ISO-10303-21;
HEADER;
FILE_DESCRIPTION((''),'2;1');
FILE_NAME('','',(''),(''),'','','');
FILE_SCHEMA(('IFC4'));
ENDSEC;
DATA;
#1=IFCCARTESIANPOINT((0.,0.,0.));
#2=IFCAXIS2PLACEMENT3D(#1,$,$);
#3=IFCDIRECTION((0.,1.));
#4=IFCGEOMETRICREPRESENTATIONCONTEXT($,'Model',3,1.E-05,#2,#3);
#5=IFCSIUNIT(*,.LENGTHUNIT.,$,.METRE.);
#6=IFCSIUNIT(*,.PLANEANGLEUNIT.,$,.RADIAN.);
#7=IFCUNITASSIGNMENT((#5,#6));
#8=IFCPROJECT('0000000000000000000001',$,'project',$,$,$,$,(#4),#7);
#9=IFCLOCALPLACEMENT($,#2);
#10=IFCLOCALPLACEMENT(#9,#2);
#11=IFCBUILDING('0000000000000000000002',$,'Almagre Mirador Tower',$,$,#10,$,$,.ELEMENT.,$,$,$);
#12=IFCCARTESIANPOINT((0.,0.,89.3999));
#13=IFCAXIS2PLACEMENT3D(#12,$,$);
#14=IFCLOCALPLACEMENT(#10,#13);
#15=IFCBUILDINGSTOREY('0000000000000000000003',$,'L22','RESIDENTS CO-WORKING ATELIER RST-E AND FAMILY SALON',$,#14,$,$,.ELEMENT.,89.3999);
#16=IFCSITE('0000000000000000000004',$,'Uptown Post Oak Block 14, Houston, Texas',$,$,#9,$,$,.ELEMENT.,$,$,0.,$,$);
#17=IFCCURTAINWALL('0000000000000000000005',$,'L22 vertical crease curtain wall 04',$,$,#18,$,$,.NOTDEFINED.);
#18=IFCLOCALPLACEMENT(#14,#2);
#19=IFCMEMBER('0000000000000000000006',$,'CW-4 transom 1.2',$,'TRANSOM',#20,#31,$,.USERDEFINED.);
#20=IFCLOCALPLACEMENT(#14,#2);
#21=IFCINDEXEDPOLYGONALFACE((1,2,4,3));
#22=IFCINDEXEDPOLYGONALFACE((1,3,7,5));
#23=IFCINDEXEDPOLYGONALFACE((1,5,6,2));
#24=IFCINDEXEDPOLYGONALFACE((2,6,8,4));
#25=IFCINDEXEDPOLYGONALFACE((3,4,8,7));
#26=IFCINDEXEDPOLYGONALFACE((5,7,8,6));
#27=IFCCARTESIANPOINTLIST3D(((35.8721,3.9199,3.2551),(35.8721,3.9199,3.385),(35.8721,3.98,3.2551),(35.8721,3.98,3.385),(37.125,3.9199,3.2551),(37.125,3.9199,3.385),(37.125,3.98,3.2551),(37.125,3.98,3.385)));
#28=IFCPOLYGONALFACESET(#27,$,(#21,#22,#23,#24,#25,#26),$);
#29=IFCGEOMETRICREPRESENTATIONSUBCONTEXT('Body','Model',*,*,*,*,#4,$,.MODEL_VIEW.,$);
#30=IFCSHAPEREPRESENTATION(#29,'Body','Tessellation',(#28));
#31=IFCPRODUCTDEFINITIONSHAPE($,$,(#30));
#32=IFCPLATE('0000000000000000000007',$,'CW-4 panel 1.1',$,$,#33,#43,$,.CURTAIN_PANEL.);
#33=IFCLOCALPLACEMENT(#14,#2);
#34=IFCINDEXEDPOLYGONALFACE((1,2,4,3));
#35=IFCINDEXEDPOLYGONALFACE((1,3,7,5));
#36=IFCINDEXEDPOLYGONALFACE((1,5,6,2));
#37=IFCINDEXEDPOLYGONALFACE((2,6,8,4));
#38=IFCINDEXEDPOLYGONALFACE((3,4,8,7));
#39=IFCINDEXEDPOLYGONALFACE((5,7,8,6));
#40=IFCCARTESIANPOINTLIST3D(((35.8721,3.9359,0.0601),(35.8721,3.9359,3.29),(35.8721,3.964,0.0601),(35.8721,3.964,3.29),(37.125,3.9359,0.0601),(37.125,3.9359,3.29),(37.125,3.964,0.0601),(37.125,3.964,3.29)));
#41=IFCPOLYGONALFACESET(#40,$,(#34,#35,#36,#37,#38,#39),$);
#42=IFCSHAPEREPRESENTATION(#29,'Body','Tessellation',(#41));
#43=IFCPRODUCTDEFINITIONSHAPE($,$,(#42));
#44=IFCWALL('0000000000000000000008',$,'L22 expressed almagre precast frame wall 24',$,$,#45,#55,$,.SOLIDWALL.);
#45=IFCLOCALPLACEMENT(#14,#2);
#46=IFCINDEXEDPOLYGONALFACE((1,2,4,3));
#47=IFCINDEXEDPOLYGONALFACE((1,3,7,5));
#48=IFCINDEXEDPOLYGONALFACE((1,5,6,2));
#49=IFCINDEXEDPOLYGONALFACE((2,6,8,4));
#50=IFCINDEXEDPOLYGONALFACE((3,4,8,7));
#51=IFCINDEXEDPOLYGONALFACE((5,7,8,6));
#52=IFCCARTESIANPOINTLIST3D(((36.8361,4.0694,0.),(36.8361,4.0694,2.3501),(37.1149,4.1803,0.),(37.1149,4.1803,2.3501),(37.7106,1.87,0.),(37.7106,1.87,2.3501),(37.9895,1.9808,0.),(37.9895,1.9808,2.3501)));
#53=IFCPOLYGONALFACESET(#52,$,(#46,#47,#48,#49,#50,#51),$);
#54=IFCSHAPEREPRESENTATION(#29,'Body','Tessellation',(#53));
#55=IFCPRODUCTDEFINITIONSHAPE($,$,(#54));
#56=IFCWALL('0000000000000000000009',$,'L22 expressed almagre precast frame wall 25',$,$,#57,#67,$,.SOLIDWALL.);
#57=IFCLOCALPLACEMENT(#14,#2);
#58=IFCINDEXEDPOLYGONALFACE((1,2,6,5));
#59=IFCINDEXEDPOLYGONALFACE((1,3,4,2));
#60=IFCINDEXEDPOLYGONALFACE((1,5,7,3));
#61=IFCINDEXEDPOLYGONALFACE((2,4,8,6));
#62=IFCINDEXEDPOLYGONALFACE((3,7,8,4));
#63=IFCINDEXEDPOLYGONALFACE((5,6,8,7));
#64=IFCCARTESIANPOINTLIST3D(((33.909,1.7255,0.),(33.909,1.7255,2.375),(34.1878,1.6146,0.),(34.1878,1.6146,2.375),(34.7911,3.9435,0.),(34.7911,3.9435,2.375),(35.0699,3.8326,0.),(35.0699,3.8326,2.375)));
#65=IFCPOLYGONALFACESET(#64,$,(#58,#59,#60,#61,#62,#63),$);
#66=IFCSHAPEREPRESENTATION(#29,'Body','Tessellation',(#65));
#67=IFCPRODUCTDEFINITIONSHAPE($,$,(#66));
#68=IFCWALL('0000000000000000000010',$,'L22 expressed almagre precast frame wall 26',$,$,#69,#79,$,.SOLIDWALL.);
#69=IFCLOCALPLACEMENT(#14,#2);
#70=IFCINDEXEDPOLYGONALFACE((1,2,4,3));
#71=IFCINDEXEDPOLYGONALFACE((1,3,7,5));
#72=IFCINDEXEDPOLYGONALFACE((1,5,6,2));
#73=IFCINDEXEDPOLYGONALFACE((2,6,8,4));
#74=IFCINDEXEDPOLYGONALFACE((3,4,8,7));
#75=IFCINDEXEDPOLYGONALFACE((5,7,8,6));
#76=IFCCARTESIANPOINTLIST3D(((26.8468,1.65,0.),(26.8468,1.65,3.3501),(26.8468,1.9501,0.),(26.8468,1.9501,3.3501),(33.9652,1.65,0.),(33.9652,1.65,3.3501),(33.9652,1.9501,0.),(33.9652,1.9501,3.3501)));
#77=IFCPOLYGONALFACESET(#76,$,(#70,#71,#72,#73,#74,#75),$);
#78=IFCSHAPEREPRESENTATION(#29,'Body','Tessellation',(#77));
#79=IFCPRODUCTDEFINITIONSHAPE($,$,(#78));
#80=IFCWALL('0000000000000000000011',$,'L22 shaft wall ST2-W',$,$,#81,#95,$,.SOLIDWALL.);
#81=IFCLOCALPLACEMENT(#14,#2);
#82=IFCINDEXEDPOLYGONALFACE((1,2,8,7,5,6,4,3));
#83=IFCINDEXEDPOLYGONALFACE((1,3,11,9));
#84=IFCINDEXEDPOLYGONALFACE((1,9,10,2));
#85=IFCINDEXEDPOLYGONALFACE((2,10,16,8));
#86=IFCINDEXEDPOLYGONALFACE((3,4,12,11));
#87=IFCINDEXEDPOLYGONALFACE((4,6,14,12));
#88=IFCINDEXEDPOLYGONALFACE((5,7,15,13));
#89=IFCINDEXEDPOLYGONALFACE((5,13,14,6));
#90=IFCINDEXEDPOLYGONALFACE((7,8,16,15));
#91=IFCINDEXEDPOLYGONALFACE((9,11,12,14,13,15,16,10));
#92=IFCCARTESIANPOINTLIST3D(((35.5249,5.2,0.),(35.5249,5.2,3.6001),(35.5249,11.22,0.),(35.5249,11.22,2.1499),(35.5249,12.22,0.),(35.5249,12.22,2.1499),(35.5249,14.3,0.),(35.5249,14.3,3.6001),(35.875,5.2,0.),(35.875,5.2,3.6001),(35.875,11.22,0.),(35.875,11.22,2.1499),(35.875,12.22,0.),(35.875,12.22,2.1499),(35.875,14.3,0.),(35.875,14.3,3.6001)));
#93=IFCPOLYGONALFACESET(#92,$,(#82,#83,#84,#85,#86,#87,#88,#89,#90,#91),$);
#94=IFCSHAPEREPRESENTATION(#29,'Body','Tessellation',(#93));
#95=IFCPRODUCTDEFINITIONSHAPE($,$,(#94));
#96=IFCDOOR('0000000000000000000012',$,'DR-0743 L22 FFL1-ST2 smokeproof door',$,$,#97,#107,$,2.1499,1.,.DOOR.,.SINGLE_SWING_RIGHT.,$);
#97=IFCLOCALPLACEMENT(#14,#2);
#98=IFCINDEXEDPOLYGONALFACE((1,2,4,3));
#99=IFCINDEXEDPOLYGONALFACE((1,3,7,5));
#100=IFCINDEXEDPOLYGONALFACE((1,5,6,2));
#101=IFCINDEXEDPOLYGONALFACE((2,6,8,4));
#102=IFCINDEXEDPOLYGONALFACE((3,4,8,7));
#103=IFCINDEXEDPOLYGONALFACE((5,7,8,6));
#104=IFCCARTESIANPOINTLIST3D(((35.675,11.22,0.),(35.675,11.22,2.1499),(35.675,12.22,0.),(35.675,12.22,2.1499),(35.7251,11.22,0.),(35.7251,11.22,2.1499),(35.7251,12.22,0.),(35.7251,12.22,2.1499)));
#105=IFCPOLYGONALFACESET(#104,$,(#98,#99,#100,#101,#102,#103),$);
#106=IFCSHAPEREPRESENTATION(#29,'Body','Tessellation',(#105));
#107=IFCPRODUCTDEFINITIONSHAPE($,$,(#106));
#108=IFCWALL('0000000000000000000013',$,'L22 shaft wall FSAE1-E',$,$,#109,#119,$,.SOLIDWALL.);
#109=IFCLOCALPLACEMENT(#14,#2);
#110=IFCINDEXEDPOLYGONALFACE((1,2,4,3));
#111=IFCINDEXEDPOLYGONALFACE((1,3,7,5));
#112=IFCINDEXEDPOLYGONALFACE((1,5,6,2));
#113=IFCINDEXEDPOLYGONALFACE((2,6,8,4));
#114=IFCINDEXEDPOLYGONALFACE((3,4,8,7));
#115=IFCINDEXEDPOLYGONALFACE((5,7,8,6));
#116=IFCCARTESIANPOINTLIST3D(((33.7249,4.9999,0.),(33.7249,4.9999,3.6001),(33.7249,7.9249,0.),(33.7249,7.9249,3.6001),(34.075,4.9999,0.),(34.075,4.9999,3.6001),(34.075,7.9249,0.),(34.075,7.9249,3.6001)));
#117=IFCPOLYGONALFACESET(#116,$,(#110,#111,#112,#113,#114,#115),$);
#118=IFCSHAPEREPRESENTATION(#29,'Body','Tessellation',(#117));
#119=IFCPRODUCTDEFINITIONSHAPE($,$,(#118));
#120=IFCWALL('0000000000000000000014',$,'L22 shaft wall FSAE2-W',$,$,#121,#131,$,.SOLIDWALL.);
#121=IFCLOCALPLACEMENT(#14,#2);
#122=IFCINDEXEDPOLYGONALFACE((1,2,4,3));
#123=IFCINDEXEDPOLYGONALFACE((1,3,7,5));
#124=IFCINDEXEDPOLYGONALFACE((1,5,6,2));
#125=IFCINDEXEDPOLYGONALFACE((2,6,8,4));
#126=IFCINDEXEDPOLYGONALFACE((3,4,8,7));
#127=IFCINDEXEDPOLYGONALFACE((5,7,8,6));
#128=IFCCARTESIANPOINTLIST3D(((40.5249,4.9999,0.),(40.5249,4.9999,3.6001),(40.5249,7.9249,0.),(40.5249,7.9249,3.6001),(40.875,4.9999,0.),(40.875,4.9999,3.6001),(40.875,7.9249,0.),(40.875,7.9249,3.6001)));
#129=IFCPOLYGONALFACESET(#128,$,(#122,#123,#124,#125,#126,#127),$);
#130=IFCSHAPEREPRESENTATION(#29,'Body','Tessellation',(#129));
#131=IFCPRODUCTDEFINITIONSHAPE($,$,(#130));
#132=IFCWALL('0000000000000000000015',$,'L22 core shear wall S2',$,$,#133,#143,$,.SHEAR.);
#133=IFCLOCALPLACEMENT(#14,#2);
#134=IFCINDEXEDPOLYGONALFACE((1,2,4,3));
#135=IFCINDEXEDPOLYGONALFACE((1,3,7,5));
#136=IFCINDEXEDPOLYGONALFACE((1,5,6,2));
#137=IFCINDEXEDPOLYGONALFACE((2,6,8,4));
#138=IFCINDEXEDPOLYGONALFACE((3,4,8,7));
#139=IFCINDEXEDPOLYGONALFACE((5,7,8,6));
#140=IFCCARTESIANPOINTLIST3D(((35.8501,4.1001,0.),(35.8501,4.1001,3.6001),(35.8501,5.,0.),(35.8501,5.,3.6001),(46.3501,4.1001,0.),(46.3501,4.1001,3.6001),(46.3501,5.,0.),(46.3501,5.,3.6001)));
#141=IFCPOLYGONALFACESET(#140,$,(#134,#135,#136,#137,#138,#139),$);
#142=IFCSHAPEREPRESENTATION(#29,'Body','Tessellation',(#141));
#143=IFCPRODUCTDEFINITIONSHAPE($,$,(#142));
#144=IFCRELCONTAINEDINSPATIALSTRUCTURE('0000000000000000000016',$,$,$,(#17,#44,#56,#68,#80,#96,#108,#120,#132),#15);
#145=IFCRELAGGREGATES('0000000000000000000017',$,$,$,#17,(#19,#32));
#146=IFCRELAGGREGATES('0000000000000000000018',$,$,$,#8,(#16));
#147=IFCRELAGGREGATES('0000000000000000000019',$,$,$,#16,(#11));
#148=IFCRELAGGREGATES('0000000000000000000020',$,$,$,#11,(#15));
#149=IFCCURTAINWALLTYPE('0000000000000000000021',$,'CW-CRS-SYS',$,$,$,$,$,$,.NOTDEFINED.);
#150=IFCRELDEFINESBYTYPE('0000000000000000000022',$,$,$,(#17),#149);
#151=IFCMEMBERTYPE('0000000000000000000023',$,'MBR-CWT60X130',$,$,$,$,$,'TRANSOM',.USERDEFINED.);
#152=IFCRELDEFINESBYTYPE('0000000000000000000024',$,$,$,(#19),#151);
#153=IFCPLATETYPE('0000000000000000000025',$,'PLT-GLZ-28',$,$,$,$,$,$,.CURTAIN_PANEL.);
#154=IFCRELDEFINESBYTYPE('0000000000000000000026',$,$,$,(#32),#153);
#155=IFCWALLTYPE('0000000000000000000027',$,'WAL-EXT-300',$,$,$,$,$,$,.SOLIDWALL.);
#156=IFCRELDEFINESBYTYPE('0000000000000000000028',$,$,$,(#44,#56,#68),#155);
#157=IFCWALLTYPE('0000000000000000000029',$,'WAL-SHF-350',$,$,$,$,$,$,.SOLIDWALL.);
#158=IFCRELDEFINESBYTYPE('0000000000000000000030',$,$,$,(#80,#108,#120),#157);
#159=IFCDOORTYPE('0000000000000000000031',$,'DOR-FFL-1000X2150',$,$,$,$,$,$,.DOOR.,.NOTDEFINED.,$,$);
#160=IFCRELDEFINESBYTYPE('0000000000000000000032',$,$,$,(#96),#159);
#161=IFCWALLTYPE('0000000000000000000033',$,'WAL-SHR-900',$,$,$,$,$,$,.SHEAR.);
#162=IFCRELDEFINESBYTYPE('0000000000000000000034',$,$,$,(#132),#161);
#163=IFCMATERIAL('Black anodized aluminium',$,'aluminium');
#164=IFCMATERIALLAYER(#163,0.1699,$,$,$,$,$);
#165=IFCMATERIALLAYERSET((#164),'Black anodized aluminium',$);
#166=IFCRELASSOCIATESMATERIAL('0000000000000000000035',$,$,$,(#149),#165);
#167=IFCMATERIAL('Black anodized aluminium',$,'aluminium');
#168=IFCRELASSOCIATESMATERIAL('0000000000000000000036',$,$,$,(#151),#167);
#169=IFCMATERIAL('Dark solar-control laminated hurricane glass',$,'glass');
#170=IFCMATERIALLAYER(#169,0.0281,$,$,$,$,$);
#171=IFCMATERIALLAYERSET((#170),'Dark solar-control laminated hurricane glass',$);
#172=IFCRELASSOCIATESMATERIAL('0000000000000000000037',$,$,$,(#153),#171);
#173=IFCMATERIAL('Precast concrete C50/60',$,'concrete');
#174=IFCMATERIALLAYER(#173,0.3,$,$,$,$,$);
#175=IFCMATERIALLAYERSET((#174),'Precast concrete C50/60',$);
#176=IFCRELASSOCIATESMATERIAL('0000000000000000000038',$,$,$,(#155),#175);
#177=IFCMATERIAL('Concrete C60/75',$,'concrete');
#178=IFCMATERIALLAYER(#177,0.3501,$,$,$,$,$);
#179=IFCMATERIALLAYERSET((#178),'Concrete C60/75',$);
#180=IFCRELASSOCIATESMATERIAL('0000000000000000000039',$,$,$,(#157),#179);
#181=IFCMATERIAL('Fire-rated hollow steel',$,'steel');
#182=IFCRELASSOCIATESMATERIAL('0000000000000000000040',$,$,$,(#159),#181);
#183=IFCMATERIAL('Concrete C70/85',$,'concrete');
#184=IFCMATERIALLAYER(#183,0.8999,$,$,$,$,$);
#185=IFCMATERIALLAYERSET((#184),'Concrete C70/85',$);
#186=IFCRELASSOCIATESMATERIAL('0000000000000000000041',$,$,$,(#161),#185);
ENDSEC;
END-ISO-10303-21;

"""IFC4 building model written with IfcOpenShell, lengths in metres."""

from ifc_helpers import new_model, si_unit, direction, frame, frame_2d, origin, origin_2d, place, context, subcontext, project, spatial, rectangle, extrude, material, layer, layer_set, material_profile, profile_set, type_object, element, fill, aggregate, save


model = new_model("IFC4")

# Units and contexts
model_context = context("Model", 3, precision=1e-05, world=origin(), true_north=direction((0.0, 1.0)))
body_context = subcontext(model_context, "Body", "Model", "MODEL_VIEW")
ifc_project = project(units=[si_unit("LENGTHUNIT", "METRE"), si_unit("PLANEANGLEUNIT", "RADIAN")], contexts=[model_context])

# Site, building, storey
site_placement = place(None, origin())
site = spatial("IfcSite", under=ifc_project, at=site_placement, Name="Uptown Post Oak Block 14, Houston, Texas", CompositionType="ELEMENT", RefElevation=0.0)
building_placement = place(site_placement, origin())
building = spatial("IfcBuilding", under=site, at=building_placement, Name="Almagre Mirador Tower", CompositionType="ELEMENT")
storey_placement = place(building_placement, frame((0.0, 0.0, 89.3999)))
storey = spatial("IfcBuildingStorey", under=building, at=storey_placement, Name="L22", Description="RESIDENTS CO-WORKING ATELIER RST-E AND FAMILY SALON", CompositionType="ELEMENT", Elevation=89.3999)

# Curtain wall, member, plate
ifc_material_1 = material(Name="Black anodized aluminium", Category="aluminium")
ifc_layer_1 = layer(ifc_material_1, 0.1699)
ifc_layer_set_1 = layer_set([ifc_layer_1], Name="Black anodized aluminium")
curtain_wall_type = type_object("IfcCurtainWallType", Name="CW-CRS-SYS", PredefinedType="NOTDEFINED", material=ifc_layer_set_1)
curtain_wall_placement = place(storey_placement, origin())
curtain_wall = element("IfcCurtainWall", 1, at=curtain_wall_placement, inside=storey, type_object=curtain_wall_type, Name="L22 vertical crease curtain wall 04", PredefinedType="NOTDEFINED")
ifc_material_2 = material(Name="Black anodized aluminium", Category="aluminium")
ifc_material_profile_1 = material_profile(ifc_material_2, rectangle(XDim=0.0601, YDim=0.1299, at=origin_2d()), Name="CWT60X130")
ifc_profile_set_1 = profile_set([ifc_material_profile_1], Name="Black anodized aluminium")
member_type_1 = type_object("IfcMemberType", Name="MBR-CWT60X130", ElementType="TRANSOM", PredefinedType="USERDEFINED", material=ifc_profile_set_1)
member_1_placement = place(storey_placement, frame((37.125, 3.95, 3.3201), z_axis=(-1.0, 0.0, 0.0), x_axis=(0.0, -1.0, 0.0)))
member_1 = element("IfcMember", 2, at=member_1_placement, type_object=member_type_1, Name="CW-4 transom 1.2", ObjectType="TRANSOM", PredefinedType="USERDEFINED", context=body_context, shape_type="SweptSolid", body=[
    extrude(rectangle(XDim=0.0601, YDim=0.1299, at=origin_2d()), origin(), (0.0, 0.0, 1.0), 1.2529),
])
ifc_material_3 = material(Name="Dark solar-control laminated hurricane glass", Category="glass")
ifc_layer_2 = layer(ifc_material_3, 0.0281)
ifc_layer_set_2 = layer_set([ifc_layer_2], Name="Dark solar-control laminated hurricane glass")
plate_type = type_object("IfcPlateType", Name="PLT-GLZ-28", PredefinedType="CURTAIN_PANEL", material=ifc_layer_set_2)
plate_placement = place(storey_placement, frame((36.4985, 3.95, 0.0601), z_axis=(0.0, 0.0, 1.0), x_axis=(-1.0, 0.0, 0.0)))
plate = element("IfcPlate", 3, at=plate_placement, type_object=plate_type, Name="CW-4 panel 1.1", PredefinedType="CURTAIN_PANEL", context=body_context, shape_type="SweptSolid", body=[
    extrude(rectangle(XDim=1.2529, YDim=0.0281, at=origin_2d()), origin(), (0.0, 0.0, 1.0), 3.23),
])
aggregate(curtain_wall, [member_1, plate])

# Walls
ifc_material_4 = material(Name="Precast concrete C50/60", Category="concrete")
ifc_layer_3 = layer(ifc_material_4, 0.3)
ifc_layer_set_3 = layer_set([ifc_layer_3], Name="Precast concrete C50/60")
wall_type_1 = type_object("IfcWallType", Name="WAL-EXT-300", PredefinedType="SOLIDWALL", material=ifc_layer_set_3)
wall_1_placement = place(storey_placement, frame((37.8501, 1.9253, 0.0), z_axis=(0.0, 0.0, 1.0), x_axis=(-0.369469, 0.929243, 0.0)))
element("IfcWall", 4, at=wall_1_placement, inside=storey, type_object=wall_type_1, Name="L22 expressed almagre precast frame wall 24", PredefinedType="SOLIDWALL", context=body_context, shape_type="SweptSolid", body=[
    extrude(rectangle(XDim=2.3669, YDim=0.3, at=frame_2d((1.1836, 0.0))), origin(), (0.0, 0.0, 1.0), 2.3501),
])
wall_2_placement = place(storey_placement, frame((34.9304, 3.8879, 0.0), z_axis=(0.0, 0.0, 1.0), x_axis=(-0.369538, -0.929215, 0.0)))
element("IfcWall", 5, at=wall_2_placement, inside=storey, type_object=wall_type_1, Name="L22 expressed almagre precast frame wall 25", PredefinedType="SOLIDWALL", context=body_context, shape_type="SweptSolid", body=[
    extrude(rectangle(XDim=2.387, YDim=0.3, at=frame_2d((1.1934, 0.0))), origin(), (0.0, 0.0, 1.0), 2.375),
])
wall_3_placement = place(storey_placement, frame((33.9651, 1.8, 0.0), z_axis=(0.0, 0.0, 1.0), x_axis=(-1.0, 0.0, 0.0)))
element("IfcWall", 6, at=wall_3_placement, inside=storey, type_object=wall_type_1, Name="L22 expressed almagre precast frame wall 26", PredefinedType="SOLIDWALL", context=body_context, shape_type="SweptSolid", body=[
    extrude(rectangle(XDim=7.1184, YDim=0.3, at=frame_2d((3.5591, 0.0))), origin(), (0.0, 0.0, 1.0), 3.3501),
])

# Wall, opening, door
ifc_material_5 = material(Name="Concrete C60/75", Category="concrete")
ifc_layer_4 = layer(ifc_material_5, 0.3501)
ifc_layer_set_4 = layer_set([ifc_layer_4], Name="Concrete C60/75")
wall_type_2 = type_object("IfcWallType", Name="WAL-SHF-350", PredefinedType="SOLIDWALL", material=ifc_layer_set_4)
wall_4_placement = place(storey_placement, frame((35.7, 5.2, 0.0), z_axis=(0.0, 0.0, 1.0), x_axis=(0.0, 1.0, 0.0)))
wall_4 = element("IfcWall", 7, at=wall_4_placement, inside=storey, type_object=wall_type_2, Name="L22 shaft wall ST2-W", PredefinedType="SOLIDWALL", context=body_context, shape_type="SweptSolid", body=[
    extrude(rectangle(XDim=9.1001, YDim=0.3501, at=frame_2d((4.55, 0.0))), origin(), (0.0, 0.0, 1.0), 3.6001),
])
opening_placement = place(wall_4_placement, frame((6.02, 0.0, 0.0)))
opening = element("IfcOpeningElement", 8, at=opening_placement, cuts=wall_4, PredefinedType="OPENING", context=body_context, shape_type="SweptSolid", body=[
    extrude(rectangle(XDim=1.0, YDim=2.1499, at=frame_2d((0.5, 1.075))), frame((0.0, 0.185, 0.0), z_axis=(0.0, -1.0, 0.0), x_axis=(1.0, 0.0, 0.0)), (0.0, 0.0, 1.0), 0.3701),
])
ifc_material_6 = material(Name="Fire-rated hollow steel", Category="steel")
door_type = type_object("IfcDoorType", Name="DOR-FFL-1000X2150", OperationType="NOTDEFINED", PredefinedType="DOOR", material=ifc_material_6)
door_placement = place(opening_placement, origin())
door = element("IfcDoor", 9, at=door_placement, inside=storey, type_object=door_type, Name="DR-0743 L22 FFL1-ST2 smokeproof door", OperationType="SINGLE_SWING_RIGHT", OverallHeight=2.1499, OverallWidth=1.0, PredefinedType="DOOR", context=body_context, shape_type="SweptSolid", body=[
    extrude(rectangle(XDim=1.0, YDim=2.1499, at=frame_2d((0.5, 1.075))), frame((0.0, 0.0249, 0.0), z_axis=(0.0, -1.0, 0.0), x_axis=(1.0, 0.0, 0.0)), (0.0, 0.0, 1.0), 0.05),
])
fill(opening, door)

# Walls
for number, where, z_axis, x_axis, name in (
    (10, (33.8999, 5.0, 0.0), (0.0, 0.0, 1.0), (0.0, 1.0, 0.0), "L22 shaft wall FSAE1-E"),
    (11, (40.7, 5.0, 0.0), (0.0, 0.0, 1.0), (0.0, 1.0, 0.0), "L22 shaft wall FSAE2-W"),
):
    element("IfcWall", number, at=place(storey_placement, frame(where, z_axis=z_axis, x_axis=x_axis)), inside=storey, type_object=wall_type_2, Name=name, PredefinedType="SOLIDWALL", context=body_context, shape_type="SweptSolid", body=[
        extrude(rectangle(XDim=2.925, YDim=0.3501, at=frame_2d((1.4624, 0.0))), origin(), (0.0, 0.0, 1.0), 3.6001),
    ])
ifc_material_7 = material(Name="Concrete C70/85", Category="concrete")
ifc_layer_5 = layer(ifc_material_7, 0.8999)
ifc_layer_set_5 = layer_set([ifc_layer_5], Name="Concrete C70/85")
wall_type_3 = type_object("IfcWallType", Name="WAL-SHR-900", PredefinedType="SHEAR", material=ifc_layer_set_5)
wall_5_placement = place(storey_placement, frame((35.8501, 4.55, 0.0), z_axis=(0.0, 0.0, 1.0), x_axis=(1.0, 0.0, 0.0)))
element("IfcWall", 12, at=wall_5_placement, inside=storey, type_object=wall_type_3, Name="L22 core shear wall S2", PredefinedType="SHEAR", context=body_context, shape_type="SweptSolid", body=[
    extrude(rectangle(XDim=10.5, YDim=0.8999, at=frame_2d((5.25, 0.0))), origin(), (0.0, 0.0, 1.0), 3.6001),
])

save(model, "model.ifc")
